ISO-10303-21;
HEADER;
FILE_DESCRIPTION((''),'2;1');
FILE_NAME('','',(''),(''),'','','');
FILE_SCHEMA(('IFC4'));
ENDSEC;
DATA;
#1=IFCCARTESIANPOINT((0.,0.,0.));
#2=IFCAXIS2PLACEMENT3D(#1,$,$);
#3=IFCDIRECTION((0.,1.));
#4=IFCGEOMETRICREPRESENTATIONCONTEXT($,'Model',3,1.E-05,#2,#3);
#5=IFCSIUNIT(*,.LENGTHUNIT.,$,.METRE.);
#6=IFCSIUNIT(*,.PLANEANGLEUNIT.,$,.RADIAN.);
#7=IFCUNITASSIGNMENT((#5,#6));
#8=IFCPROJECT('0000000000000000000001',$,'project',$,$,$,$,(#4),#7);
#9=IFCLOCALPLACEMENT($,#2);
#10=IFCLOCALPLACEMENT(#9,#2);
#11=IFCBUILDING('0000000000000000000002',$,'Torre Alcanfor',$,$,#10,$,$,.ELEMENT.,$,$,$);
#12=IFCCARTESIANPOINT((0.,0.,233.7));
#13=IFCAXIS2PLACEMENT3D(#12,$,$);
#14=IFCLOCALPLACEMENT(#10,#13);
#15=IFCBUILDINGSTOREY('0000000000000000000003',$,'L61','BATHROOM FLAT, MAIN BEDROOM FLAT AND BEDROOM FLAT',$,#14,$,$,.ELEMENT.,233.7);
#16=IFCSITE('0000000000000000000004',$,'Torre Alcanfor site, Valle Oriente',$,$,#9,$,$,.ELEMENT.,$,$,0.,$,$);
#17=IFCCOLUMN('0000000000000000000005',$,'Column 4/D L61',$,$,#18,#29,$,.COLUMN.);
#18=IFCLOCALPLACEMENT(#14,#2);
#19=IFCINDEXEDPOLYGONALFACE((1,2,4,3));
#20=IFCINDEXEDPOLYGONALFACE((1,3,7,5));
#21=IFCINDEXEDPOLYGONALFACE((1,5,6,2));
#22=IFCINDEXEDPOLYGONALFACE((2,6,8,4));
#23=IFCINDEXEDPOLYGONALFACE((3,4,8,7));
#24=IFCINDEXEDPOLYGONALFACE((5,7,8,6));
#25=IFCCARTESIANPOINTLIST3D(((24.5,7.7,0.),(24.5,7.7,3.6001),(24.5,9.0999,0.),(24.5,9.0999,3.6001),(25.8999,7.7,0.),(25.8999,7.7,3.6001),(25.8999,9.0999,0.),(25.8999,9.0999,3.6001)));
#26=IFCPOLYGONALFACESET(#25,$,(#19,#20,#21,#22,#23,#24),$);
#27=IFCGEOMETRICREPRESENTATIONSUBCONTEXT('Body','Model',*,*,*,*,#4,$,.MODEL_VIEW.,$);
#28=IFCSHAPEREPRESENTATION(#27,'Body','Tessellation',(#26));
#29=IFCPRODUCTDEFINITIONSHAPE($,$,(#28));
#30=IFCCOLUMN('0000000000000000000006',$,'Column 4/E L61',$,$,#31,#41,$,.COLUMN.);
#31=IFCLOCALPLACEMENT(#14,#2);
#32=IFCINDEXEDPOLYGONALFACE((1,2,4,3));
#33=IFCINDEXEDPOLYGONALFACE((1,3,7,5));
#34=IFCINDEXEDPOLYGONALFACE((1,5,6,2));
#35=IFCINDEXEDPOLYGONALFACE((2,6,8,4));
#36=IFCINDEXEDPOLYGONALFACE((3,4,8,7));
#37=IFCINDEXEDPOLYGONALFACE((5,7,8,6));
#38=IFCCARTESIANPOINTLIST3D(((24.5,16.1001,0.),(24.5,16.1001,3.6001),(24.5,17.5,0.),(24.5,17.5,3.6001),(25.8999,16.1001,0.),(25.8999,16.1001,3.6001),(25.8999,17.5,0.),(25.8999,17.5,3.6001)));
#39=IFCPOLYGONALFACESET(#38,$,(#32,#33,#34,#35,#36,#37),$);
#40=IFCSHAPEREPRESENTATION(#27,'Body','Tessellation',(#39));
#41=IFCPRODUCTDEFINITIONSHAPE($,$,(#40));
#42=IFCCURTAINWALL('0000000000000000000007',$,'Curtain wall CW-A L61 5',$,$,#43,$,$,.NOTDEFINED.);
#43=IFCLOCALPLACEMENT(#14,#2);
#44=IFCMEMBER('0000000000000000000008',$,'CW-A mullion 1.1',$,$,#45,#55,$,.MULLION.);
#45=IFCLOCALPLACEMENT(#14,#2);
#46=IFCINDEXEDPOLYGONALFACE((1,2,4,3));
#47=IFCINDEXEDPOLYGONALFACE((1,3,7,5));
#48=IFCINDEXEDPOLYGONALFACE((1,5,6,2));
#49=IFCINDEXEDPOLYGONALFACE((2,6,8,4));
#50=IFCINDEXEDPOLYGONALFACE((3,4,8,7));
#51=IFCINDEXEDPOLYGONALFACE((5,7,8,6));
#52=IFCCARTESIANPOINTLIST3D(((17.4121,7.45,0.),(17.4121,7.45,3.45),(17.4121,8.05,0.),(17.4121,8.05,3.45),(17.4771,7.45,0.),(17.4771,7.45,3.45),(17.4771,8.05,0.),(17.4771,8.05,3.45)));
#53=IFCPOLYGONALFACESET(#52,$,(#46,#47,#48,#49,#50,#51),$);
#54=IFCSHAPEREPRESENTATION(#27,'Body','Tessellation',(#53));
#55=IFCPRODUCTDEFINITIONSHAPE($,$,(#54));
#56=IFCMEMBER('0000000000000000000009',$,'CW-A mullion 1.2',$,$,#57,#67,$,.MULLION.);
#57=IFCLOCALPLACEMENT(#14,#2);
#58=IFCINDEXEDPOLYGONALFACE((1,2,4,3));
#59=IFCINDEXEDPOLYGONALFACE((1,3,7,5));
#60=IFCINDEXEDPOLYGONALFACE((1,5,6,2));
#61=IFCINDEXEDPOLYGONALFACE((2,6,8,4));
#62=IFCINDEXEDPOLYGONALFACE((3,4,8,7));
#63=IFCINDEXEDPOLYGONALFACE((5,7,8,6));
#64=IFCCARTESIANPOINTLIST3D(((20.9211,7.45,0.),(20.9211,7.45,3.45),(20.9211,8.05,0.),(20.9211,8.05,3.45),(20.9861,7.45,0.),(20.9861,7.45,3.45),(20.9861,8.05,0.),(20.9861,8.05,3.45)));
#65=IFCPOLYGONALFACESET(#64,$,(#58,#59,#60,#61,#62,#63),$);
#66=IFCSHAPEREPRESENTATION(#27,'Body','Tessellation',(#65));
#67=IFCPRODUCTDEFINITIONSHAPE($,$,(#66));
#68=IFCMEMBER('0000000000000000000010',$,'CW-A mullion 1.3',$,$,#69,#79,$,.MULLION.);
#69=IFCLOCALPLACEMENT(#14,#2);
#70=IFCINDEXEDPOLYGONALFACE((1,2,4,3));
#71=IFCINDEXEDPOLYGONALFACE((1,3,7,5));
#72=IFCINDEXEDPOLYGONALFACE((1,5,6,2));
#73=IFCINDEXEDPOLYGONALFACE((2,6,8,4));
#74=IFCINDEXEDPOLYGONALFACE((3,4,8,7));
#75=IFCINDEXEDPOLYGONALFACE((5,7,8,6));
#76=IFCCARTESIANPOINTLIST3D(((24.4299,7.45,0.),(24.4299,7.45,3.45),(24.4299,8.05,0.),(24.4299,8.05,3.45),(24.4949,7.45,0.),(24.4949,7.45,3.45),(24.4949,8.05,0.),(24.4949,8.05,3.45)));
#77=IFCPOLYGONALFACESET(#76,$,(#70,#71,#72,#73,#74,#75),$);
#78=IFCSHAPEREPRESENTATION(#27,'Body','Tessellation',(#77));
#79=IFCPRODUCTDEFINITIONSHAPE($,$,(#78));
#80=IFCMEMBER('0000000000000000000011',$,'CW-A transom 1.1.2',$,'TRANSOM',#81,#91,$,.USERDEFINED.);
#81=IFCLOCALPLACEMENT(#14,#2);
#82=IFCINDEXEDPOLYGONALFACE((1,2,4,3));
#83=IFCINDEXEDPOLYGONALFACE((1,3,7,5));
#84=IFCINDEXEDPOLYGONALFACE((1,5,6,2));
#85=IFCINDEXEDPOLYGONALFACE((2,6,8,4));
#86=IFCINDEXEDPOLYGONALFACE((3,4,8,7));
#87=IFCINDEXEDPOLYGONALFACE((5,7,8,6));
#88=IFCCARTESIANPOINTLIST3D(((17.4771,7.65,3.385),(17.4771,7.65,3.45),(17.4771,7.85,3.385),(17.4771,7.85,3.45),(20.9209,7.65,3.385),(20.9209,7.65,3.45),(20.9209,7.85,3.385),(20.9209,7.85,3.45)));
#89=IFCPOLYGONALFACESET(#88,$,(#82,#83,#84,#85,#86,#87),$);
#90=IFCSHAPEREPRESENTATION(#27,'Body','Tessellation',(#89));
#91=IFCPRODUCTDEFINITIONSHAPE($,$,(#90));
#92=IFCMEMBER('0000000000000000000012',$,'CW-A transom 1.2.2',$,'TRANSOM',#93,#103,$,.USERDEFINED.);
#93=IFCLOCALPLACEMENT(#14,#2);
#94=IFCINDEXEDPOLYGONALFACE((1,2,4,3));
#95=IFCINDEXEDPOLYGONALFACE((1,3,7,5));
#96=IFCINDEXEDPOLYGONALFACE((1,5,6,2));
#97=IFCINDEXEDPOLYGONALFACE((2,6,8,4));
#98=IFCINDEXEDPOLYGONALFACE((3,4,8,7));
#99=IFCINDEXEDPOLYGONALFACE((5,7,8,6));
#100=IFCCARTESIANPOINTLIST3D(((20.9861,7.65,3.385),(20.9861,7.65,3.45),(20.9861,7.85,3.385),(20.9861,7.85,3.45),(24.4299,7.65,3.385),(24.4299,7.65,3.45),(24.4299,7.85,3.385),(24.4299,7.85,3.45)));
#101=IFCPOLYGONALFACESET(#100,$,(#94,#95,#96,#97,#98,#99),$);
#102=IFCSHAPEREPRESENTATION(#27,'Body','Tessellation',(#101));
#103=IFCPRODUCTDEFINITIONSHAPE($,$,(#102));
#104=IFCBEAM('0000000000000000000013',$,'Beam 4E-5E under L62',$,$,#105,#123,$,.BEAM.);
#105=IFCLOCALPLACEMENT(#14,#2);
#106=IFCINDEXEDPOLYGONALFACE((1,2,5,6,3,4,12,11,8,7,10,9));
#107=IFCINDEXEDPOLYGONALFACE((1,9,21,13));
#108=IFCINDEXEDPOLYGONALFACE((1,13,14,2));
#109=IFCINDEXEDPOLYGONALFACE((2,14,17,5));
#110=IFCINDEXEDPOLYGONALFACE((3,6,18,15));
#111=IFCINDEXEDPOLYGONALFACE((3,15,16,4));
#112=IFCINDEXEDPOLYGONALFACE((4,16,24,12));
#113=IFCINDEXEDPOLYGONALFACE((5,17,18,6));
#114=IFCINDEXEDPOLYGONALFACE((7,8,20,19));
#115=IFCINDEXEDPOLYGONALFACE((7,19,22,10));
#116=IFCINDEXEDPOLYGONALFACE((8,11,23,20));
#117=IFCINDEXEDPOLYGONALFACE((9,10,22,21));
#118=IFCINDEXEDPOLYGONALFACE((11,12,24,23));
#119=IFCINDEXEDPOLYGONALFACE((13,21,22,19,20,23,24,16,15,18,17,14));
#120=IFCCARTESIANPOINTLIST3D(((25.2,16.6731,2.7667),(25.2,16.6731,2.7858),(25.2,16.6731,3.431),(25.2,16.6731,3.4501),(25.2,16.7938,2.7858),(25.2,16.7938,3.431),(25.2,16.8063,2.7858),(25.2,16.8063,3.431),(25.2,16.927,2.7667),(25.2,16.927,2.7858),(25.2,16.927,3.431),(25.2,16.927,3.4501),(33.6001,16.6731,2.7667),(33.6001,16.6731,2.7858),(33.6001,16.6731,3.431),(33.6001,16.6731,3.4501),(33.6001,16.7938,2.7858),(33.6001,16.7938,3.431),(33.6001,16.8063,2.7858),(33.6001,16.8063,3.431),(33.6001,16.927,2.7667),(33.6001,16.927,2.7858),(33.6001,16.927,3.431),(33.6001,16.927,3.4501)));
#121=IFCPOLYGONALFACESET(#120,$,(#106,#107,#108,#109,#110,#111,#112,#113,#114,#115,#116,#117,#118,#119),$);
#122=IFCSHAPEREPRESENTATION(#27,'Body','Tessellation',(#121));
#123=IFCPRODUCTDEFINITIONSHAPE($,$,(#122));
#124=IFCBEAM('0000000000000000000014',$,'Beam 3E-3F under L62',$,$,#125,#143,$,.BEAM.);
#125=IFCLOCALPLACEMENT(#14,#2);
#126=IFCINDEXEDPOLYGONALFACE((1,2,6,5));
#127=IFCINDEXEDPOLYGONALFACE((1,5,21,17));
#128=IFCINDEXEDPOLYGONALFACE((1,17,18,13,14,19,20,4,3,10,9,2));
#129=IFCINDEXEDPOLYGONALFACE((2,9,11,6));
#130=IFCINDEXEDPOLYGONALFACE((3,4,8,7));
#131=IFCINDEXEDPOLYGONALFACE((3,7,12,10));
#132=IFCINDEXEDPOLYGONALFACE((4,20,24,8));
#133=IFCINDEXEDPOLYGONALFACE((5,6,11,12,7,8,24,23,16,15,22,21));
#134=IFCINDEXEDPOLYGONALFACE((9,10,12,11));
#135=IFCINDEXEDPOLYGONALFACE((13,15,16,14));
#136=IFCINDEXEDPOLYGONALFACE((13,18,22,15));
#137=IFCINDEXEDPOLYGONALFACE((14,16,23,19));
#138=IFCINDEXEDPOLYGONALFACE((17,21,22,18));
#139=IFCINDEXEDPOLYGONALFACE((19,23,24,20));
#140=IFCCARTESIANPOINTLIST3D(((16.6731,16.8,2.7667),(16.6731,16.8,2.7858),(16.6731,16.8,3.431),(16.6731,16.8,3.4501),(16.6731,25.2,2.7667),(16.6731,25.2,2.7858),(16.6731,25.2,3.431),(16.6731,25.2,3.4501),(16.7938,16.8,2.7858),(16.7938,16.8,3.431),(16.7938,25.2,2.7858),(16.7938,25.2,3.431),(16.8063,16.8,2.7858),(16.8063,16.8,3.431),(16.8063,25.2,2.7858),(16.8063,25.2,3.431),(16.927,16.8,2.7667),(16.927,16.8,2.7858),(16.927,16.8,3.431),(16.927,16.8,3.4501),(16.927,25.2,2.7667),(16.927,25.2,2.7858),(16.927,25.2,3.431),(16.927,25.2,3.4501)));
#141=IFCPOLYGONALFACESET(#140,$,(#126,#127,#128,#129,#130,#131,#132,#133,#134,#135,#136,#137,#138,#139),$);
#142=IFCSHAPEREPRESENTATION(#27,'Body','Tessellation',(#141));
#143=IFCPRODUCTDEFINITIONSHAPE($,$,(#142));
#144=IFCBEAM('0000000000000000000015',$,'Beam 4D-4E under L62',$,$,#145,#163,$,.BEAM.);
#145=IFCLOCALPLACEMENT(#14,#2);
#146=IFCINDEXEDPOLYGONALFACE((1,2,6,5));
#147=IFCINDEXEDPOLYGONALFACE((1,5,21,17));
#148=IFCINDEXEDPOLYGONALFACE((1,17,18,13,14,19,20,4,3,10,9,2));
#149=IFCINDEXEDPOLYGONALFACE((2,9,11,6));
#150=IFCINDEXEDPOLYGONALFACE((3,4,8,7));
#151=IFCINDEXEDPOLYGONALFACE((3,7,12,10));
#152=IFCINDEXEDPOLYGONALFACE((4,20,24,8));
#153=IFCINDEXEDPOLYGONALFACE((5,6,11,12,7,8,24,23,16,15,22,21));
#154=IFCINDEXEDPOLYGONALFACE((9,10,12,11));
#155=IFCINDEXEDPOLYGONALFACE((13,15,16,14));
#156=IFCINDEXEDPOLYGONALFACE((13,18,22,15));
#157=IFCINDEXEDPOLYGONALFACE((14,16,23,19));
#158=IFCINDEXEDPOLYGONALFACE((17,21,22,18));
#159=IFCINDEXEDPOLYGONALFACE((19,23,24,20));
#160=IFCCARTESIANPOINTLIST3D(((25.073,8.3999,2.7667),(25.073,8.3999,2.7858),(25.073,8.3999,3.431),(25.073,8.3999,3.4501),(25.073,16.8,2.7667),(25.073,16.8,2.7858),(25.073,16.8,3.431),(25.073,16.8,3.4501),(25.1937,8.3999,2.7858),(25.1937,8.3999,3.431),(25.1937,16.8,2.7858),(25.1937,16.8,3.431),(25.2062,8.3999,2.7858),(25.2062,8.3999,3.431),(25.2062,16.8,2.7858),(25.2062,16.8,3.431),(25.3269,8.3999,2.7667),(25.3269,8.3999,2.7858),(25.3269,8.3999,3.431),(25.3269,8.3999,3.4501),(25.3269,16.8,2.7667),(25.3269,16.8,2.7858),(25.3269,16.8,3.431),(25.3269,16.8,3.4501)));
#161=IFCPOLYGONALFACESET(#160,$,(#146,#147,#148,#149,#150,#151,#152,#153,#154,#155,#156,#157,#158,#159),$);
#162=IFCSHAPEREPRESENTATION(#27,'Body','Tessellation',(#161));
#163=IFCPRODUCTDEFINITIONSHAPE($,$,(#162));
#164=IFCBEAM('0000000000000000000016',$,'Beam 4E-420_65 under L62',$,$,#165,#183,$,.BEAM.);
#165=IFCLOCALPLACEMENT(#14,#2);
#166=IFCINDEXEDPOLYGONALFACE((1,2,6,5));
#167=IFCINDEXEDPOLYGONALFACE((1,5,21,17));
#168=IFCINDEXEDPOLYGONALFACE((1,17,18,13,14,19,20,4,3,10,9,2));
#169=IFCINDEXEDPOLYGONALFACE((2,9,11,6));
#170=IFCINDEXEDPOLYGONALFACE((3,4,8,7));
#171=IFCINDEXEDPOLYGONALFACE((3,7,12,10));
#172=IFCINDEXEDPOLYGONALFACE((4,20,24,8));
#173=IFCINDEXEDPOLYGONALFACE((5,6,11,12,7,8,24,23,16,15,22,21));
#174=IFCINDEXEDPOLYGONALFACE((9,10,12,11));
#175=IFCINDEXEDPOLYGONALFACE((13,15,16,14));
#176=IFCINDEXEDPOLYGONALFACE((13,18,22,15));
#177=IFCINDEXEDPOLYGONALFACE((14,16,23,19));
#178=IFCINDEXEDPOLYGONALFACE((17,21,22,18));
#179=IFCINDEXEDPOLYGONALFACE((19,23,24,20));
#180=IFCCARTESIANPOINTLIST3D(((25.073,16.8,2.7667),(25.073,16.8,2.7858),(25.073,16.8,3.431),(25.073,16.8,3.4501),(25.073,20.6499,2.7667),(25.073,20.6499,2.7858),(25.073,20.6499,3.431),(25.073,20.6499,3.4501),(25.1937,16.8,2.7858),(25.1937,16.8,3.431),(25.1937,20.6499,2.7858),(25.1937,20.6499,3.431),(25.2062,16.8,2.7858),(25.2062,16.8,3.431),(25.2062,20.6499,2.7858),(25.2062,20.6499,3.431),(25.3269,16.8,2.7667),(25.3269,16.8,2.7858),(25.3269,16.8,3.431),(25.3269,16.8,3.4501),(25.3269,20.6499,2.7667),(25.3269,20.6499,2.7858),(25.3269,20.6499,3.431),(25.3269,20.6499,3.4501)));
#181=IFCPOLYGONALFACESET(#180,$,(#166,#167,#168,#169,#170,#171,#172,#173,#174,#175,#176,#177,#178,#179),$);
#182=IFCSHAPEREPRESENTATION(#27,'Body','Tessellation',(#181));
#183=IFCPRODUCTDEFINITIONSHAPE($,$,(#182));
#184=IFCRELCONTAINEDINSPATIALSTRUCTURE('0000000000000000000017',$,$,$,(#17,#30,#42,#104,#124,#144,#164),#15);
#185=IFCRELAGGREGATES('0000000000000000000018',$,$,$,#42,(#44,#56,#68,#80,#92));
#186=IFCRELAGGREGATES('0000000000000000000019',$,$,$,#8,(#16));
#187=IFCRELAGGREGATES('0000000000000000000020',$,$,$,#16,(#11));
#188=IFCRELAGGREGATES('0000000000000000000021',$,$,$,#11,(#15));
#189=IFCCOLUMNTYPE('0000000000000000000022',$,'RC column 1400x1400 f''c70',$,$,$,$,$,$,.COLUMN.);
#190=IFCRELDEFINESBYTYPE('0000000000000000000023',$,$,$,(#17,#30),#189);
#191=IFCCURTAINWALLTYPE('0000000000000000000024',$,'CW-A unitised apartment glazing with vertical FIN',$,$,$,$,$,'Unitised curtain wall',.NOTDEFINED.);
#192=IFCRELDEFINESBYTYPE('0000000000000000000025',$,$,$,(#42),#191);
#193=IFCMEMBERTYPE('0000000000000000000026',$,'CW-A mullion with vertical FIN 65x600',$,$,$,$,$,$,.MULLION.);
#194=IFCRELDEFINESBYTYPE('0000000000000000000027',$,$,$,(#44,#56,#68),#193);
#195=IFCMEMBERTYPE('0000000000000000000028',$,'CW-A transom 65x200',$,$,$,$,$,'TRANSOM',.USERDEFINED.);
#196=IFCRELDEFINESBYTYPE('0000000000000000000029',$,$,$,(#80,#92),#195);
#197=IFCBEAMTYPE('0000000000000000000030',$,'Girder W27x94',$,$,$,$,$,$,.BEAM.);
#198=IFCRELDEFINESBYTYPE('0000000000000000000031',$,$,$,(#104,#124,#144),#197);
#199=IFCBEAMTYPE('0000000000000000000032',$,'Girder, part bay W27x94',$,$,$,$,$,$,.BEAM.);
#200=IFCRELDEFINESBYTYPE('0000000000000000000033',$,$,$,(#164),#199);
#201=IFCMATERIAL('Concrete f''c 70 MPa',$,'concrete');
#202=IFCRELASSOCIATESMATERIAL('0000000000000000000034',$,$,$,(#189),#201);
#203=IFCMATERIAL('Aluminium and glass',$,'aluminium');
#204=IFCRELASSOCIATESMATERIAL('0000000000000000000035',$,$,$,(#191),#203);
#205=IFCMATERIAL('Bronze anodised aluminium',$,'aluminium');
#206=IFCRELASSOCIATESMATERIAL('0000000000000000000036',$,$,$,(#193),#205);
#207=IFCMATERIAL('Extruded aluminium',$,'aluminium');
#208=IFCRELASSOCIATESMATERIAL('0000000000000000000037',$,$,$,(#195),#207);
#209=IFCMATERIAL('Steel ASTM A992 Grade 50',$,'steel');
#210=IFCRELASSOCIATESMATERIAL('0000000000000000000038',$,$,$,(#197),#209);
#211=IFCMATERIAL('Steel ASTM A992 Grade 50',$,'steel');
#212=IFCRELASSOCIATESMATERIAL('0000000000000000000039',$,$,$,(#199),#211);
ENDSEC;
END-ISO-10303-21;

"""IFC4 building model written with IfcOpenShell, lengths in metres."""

from ifc_helpers import new_model, si_unit, direction, frame, origin, origin_2d, place, context, subcontext, project, spatial, rectangle, i_section, extrude, material, material_profile, profile_set, type_object, element, aggregate, save


model = new_model("IFC4")

# Units and contexts
model_context = context("Model", 3, precision=1e-05, world=origin(), true_north=direction((0.0, 1.0)))
body_context = subcontext(model_context, "Body", "Model", "MODEL_VIEW")
ifc_project = project(units=[si_unit("LENGTHUNIT", "METRE"), si_unit("PLANEANGLEUNIT", "RADIAN")], contexts=[model_context])

# Site, building, storey
site_placement = place(None, origin())
site = spatial("IfcSite", under=ifc_project, at=site_placement, Name="Torre Alcanfor site, Valle Oriente", CompositionType="ELEMENT", RefElevation=0.0)
building_placement = place(site_placement, origin())
building = spatial("IfcBuilding", under=site, at=building_placement, Name="Torre Alcanfor", CompositionType="ELEMENT")
storey_placement = place(building_placement, frame((0.0, 0.0, 233.7)))
storey = spatial("IfcBuildingStorey", under=building, at=storey_placement, Name="L61", Description="BATHROOM FLAT, MAIN BEDROOM FLAT AND BEDROOM FLAT", CompositionType="ELEMENT", Elevation=233.7)

# Columns
ifc_material_1 = material(Name="Concrete f'c 70 MPa", Category="concrete")
ifc_material_profile_1 = material_profile(ifc_material_1, rectangle(XDim=1.3999, YDim=1.3999, at=origin_2d()), Name="1400x1400")
ifc_profile_set_1 = profile_set([ifc_material_profile_1], Name="Concrete f'c 70 MPa")
column_type = type_object("IfcColumnType", Name="RC column 1400x1400 f'c70", PredefinedType="COLUMN", material=ifc_profile_set_1)
for number, where, z_axis, x_axis, name in (
    (1, (25.2, 8.3999, 0.0), (0.0, 0.0, 1.0), (1.0, 0.0, 0.0), "Column 4/D L61"),
    (2, (25.2, 16.8, 0.0), (0.0, 0.0, 1.0), (1.0, 0.0, 0.0), "Column 4/E L61"),
):
    element("IfcColumn", number, at=place(storey_placement, frame(where, z_axis=z_axis, x_axis=x_axis)), inside=storey, type_object=column_type, Name=name, PredefinedType="COLUMN", context=body_context, shape_type="SweptSolid", body=[
        extrude(rectangle(XDim=1.3999, YDim=1.3999, at=origin_2d()), origin(), (0.0, 0.0, 1.0), 3.6001),
    ])

# Curtain wall, members
ifc_material_2 = material(Name="Aluminium and glass", Category="aluminium")
curtain_wall_type = type_object("IfcCurtainWallType", Name="CW-A unitised apartment glazing with vertical FIN", ElementType="Unitised curtain wall", PredefinedType="NOTDEFINED", material=ifc_material_2)
curtain_wall_placement = place(storey_placement, origin())
curtain_wall = element("IfcCurtainWall", 3, at=curtain_wall_placement, inside=storey, type_object=curtain_wall_type, Name="Curtain wall CW-A L61 5", PredefinedType="NOTDEFINED")
ifc_material_3 = material(Name="Bronze anodised aluminium", Category="aluminium")
ifc_material_profile_2 = material_profile(ifc_material_3, rectangle(XDim=0.6001, YDim=0.0649, at=origin_2d()), Name="CW-A mullion 65x600")
ifc_profile_set_2 = profile_set([ifc_material_profile_2], Name="Bronze anodised aluminium")
member_type_1 = type_object("IfcMemberType", Name="CW-A mullion with vertical FIN 65x600", PredefinedType="MULLION", material=ifc_profile_set_2)
member_1_placement = place(storey_placement, frame((17.4446, 7.75, 0.0), z_axis=(0.0, 0.0, 1.0), x_axis=(0.0, 1.0, 0.0)))
member_1 = element("IfcMember", 4, at=member_1_placement, type_object=member_type_1, Name="CW-A mullion 1.1", PredefinedType="MULLION", context=body_context, shape_type="SweptSolid", body=[
    extrude(rectangle(XDim=0.6001, YDim=0.0649, at=origin_2d()), origin(), (0.0, 0.0, 1.0), 3.45),
])
member_2_placement = place(storey_placement, frame((20.9536, 7.75, 0.0), z_axis=(0.0, 0.0, 1.0), x_axis=(0.0, 1.0, 0.0)))
member_2 = element("IfcMember", 5, at=member_2_placement, type_object=member_type_1, Name="CW-A mullion 1.2", PredefinedType="MULLION", context=body_context, shape_type="SweptSolid", body=[
    extrude(rectangle(XDim=0.6001, YDim=0.0649, at=origin_2d()), origin(), (0.0, 0.0, 1.0), 3.45),
])
member_3_placement = place(storey_placement, frame((24.4624, 7.75, 0.0), z_axis=(0.0, 0.0, 1.0), x_axis=(0.0, 1.0, 0.0)))
member_3 = element("IfcMember", 6, at=member_3_placement, type_object=member_type_1, Name="CW-A mullion 1.3", PredefinedType="MULLION", context=body_context, shape_type="SweptSolid", body=[
    extrude(rectangle(XDim=0.6001, YDim=0.0649, at=origin_2d()), origin(), (0.0, 0.0, 1.0), 3.45),
])
ifc_material_4 = material(Name="Extruded aluminium", Category="aluminium")
ifc_material_profile_3 = material_profile(ifc_material_4, rectangle(XDim=0.2, YDim=0.0649, at=origin_2d()), Name="CW-A transom 200x65")
ifc_profile_set_3 = profile_set([ifc_material_profile_3], Name="Extruded aluminium")
member_type_2 = type_object("IfcMemberType", Name="CW-A transom 65x200", ElementType="TRANSOM", PredefinedType="USERDEFINED", material=ifc_profile_set_3)
member_4_placement = place(storey_placement, frame((17.4771, 7.75, 3.4175), z_axis=(1.0, 0.0, 0.0), x_axis=(0.0, 1.0, 0.0)))
member_4 = element("IfcMember", 7, at=member_4_placement, type_object=member_type_2, Name="CW-A transom 1.1.2", ObjectType="TRANSOM", PredefinedType="USERDEFINED", context=body_context, shape_type="SweptSolid", body=[
    extrude(rectangle(XDim=0.2, YDim=0.0649, at=origin_2d()), origin(), (0.0, 0.0, 1.0), 3.4438),
])
member_5_placement = place(storey_placement, frame((20.9861, 7.75, 3.4175), z_axis=(1.0, 0.0, 0.0), x_axis=(0.0, 1.0, 0.0)))
member_5 = element("IfcMember", 8, at=member_5_placement, type_object=member_type_2, Name="CW-A transom 1.2.2", ObjectType="TRANSOM", PredefinedType="USERDEFINED", context=body_context, shape_type="SweptSolid", body=[
    extrude(rectangle(XDim=0.2, YDim=0.0649, at=origin_2d()), origin(), (0.0, 0.0, 1.0), 3.4438),
])

# Beams
ifc_material_5 = material(Name="Steel ASTM A992 Grade 50", Category="steel")
ifc_material_profile_4 = material_profile(ifc_material_5, i_section(OverallWidth=0.2539, OverallDepth=0.6833, WebThickness=0.0125, FlangeThickness=0.019, at=origin_2d()), Name="W27x94")
ifc_profile_set_4 = profile_set([ifc_material_profile_4], Name="Steel ASTM A992 Grade 50")
beam_type_1 = type_object("IfcBeamType", Name="Girder W27x94", PredefinedType="BEAM", material=ifc_profile_set_4)
beam_1_placement = place(storey_placement, frame((25.2, 16.8, 3.1084), z_axis=(1.0, 0.0, 0.0), x_axis=(0.0, 1.0, 0.0)))
element("IfcBeam", 9, at=beam_1_placement, inside=storey, type_object=beam_type_1, Name="Beam 4E-5E under L62", PredefinedType="BEAM", context=body_context, shape_type="SweptSolid", body=[
    extrude(i_section(OverallWidth=0.2539, OverallDepth=0.6833, WebThickness=0.0125, FlangeThickness=0.019, at=origin_2d()), origin(), (0.0, 0.0, 1.0), 8.4001),
])
beam_2_placement = place(storey_placement, frame((16.8, 16.8, 3.1084), z_axis=(0.0, 1.0, 0.0), x_axis=(-1.0, 0.0, 0.0)))
element("IfcBeam", 10, at=beam_2_placement, inside=storey, type_object=beam_type_1, Name="Beam 3E-3F under L62", PredefinedType="BEAM", context=body_context, shape_type="SweptSolid", body=[
    extrude(i_section(OverallWidth=0.2539, OverallDepth=0.6833, WebThickness=0.0125, FlangeThickness=0.019, at=origin_2d()), origin(), (0.0, 0.0, 1.0), 8.3999),
])
beam_3_placement = place(storey_placement, frame((25.2, 8.3999, 3.1084), z_axis=(0.0, 1.0, 0.0), x_axis=(-1.0, 0.0, 0.0)))
element("IfcBeam", 11, at=beam_3_placement, inside=storey, type_object=beam_type_1, Name="Beam 4D-4E under L62", PredefinedType="BEAM", context=body_context, shape_type="SweptSolid", body=[
    extrude(i_section(OverallWidth=0.2539, OverallDepth=0.6833, WebThickness=0.0125, FlangeThickness=0.019, at=origin_2d()), origin(), (0.0, 0.0, 1.0), 8.4001),
])
ifc_material_6 = material(Name="Steel ASTM A992 Grade 50", Category="steel")
ifc_material_profile_5 = material_profile(ifc_material_6, i_section(OverallWidth=0.2539, OverallDepth=0.6833, WebThickness=0.0125, FlangeThickness=0.019, at=origin_2d()), Name="W27x94")
ifc_profile_set_5 = profile_set([ifc_material_profile_5], Name="Steel ASTM A992 Grade 50")
beam_type_2 = type_object("IfcBeamType", Name="Girder, part bay W27x94", PredefinedType="BEAM", material=ifc_profile_set_5)
beam_4_placement = place(storey_placement, frame((25.2, 16.8, 3.1084), z_axis=(0.0, 1.0, 0.0), x_axis=(-1.0, 0.0, 0.0)))
element("IfcBeam", 12, at=beam_4_placement, inside=storey, type_object=beam_type_2, Name="Beam 4E-420_65 under L62", PredefinedType="BEAM", context=body_context, shape_type="SweptSolid", body=[
    extrude(i_section(OverallWidth=0.2539, OverallDepth=0.6833, WebThickness=0.0125, FlangeThickness=0.019, at=origin_2d()), origin(), (0.0, 0.0, 1.0), 3.8499),
])

aggregate(curtain_wall, [member_1, member_2, member_3, member_4, member_5])

save(model, "model.ifc")
